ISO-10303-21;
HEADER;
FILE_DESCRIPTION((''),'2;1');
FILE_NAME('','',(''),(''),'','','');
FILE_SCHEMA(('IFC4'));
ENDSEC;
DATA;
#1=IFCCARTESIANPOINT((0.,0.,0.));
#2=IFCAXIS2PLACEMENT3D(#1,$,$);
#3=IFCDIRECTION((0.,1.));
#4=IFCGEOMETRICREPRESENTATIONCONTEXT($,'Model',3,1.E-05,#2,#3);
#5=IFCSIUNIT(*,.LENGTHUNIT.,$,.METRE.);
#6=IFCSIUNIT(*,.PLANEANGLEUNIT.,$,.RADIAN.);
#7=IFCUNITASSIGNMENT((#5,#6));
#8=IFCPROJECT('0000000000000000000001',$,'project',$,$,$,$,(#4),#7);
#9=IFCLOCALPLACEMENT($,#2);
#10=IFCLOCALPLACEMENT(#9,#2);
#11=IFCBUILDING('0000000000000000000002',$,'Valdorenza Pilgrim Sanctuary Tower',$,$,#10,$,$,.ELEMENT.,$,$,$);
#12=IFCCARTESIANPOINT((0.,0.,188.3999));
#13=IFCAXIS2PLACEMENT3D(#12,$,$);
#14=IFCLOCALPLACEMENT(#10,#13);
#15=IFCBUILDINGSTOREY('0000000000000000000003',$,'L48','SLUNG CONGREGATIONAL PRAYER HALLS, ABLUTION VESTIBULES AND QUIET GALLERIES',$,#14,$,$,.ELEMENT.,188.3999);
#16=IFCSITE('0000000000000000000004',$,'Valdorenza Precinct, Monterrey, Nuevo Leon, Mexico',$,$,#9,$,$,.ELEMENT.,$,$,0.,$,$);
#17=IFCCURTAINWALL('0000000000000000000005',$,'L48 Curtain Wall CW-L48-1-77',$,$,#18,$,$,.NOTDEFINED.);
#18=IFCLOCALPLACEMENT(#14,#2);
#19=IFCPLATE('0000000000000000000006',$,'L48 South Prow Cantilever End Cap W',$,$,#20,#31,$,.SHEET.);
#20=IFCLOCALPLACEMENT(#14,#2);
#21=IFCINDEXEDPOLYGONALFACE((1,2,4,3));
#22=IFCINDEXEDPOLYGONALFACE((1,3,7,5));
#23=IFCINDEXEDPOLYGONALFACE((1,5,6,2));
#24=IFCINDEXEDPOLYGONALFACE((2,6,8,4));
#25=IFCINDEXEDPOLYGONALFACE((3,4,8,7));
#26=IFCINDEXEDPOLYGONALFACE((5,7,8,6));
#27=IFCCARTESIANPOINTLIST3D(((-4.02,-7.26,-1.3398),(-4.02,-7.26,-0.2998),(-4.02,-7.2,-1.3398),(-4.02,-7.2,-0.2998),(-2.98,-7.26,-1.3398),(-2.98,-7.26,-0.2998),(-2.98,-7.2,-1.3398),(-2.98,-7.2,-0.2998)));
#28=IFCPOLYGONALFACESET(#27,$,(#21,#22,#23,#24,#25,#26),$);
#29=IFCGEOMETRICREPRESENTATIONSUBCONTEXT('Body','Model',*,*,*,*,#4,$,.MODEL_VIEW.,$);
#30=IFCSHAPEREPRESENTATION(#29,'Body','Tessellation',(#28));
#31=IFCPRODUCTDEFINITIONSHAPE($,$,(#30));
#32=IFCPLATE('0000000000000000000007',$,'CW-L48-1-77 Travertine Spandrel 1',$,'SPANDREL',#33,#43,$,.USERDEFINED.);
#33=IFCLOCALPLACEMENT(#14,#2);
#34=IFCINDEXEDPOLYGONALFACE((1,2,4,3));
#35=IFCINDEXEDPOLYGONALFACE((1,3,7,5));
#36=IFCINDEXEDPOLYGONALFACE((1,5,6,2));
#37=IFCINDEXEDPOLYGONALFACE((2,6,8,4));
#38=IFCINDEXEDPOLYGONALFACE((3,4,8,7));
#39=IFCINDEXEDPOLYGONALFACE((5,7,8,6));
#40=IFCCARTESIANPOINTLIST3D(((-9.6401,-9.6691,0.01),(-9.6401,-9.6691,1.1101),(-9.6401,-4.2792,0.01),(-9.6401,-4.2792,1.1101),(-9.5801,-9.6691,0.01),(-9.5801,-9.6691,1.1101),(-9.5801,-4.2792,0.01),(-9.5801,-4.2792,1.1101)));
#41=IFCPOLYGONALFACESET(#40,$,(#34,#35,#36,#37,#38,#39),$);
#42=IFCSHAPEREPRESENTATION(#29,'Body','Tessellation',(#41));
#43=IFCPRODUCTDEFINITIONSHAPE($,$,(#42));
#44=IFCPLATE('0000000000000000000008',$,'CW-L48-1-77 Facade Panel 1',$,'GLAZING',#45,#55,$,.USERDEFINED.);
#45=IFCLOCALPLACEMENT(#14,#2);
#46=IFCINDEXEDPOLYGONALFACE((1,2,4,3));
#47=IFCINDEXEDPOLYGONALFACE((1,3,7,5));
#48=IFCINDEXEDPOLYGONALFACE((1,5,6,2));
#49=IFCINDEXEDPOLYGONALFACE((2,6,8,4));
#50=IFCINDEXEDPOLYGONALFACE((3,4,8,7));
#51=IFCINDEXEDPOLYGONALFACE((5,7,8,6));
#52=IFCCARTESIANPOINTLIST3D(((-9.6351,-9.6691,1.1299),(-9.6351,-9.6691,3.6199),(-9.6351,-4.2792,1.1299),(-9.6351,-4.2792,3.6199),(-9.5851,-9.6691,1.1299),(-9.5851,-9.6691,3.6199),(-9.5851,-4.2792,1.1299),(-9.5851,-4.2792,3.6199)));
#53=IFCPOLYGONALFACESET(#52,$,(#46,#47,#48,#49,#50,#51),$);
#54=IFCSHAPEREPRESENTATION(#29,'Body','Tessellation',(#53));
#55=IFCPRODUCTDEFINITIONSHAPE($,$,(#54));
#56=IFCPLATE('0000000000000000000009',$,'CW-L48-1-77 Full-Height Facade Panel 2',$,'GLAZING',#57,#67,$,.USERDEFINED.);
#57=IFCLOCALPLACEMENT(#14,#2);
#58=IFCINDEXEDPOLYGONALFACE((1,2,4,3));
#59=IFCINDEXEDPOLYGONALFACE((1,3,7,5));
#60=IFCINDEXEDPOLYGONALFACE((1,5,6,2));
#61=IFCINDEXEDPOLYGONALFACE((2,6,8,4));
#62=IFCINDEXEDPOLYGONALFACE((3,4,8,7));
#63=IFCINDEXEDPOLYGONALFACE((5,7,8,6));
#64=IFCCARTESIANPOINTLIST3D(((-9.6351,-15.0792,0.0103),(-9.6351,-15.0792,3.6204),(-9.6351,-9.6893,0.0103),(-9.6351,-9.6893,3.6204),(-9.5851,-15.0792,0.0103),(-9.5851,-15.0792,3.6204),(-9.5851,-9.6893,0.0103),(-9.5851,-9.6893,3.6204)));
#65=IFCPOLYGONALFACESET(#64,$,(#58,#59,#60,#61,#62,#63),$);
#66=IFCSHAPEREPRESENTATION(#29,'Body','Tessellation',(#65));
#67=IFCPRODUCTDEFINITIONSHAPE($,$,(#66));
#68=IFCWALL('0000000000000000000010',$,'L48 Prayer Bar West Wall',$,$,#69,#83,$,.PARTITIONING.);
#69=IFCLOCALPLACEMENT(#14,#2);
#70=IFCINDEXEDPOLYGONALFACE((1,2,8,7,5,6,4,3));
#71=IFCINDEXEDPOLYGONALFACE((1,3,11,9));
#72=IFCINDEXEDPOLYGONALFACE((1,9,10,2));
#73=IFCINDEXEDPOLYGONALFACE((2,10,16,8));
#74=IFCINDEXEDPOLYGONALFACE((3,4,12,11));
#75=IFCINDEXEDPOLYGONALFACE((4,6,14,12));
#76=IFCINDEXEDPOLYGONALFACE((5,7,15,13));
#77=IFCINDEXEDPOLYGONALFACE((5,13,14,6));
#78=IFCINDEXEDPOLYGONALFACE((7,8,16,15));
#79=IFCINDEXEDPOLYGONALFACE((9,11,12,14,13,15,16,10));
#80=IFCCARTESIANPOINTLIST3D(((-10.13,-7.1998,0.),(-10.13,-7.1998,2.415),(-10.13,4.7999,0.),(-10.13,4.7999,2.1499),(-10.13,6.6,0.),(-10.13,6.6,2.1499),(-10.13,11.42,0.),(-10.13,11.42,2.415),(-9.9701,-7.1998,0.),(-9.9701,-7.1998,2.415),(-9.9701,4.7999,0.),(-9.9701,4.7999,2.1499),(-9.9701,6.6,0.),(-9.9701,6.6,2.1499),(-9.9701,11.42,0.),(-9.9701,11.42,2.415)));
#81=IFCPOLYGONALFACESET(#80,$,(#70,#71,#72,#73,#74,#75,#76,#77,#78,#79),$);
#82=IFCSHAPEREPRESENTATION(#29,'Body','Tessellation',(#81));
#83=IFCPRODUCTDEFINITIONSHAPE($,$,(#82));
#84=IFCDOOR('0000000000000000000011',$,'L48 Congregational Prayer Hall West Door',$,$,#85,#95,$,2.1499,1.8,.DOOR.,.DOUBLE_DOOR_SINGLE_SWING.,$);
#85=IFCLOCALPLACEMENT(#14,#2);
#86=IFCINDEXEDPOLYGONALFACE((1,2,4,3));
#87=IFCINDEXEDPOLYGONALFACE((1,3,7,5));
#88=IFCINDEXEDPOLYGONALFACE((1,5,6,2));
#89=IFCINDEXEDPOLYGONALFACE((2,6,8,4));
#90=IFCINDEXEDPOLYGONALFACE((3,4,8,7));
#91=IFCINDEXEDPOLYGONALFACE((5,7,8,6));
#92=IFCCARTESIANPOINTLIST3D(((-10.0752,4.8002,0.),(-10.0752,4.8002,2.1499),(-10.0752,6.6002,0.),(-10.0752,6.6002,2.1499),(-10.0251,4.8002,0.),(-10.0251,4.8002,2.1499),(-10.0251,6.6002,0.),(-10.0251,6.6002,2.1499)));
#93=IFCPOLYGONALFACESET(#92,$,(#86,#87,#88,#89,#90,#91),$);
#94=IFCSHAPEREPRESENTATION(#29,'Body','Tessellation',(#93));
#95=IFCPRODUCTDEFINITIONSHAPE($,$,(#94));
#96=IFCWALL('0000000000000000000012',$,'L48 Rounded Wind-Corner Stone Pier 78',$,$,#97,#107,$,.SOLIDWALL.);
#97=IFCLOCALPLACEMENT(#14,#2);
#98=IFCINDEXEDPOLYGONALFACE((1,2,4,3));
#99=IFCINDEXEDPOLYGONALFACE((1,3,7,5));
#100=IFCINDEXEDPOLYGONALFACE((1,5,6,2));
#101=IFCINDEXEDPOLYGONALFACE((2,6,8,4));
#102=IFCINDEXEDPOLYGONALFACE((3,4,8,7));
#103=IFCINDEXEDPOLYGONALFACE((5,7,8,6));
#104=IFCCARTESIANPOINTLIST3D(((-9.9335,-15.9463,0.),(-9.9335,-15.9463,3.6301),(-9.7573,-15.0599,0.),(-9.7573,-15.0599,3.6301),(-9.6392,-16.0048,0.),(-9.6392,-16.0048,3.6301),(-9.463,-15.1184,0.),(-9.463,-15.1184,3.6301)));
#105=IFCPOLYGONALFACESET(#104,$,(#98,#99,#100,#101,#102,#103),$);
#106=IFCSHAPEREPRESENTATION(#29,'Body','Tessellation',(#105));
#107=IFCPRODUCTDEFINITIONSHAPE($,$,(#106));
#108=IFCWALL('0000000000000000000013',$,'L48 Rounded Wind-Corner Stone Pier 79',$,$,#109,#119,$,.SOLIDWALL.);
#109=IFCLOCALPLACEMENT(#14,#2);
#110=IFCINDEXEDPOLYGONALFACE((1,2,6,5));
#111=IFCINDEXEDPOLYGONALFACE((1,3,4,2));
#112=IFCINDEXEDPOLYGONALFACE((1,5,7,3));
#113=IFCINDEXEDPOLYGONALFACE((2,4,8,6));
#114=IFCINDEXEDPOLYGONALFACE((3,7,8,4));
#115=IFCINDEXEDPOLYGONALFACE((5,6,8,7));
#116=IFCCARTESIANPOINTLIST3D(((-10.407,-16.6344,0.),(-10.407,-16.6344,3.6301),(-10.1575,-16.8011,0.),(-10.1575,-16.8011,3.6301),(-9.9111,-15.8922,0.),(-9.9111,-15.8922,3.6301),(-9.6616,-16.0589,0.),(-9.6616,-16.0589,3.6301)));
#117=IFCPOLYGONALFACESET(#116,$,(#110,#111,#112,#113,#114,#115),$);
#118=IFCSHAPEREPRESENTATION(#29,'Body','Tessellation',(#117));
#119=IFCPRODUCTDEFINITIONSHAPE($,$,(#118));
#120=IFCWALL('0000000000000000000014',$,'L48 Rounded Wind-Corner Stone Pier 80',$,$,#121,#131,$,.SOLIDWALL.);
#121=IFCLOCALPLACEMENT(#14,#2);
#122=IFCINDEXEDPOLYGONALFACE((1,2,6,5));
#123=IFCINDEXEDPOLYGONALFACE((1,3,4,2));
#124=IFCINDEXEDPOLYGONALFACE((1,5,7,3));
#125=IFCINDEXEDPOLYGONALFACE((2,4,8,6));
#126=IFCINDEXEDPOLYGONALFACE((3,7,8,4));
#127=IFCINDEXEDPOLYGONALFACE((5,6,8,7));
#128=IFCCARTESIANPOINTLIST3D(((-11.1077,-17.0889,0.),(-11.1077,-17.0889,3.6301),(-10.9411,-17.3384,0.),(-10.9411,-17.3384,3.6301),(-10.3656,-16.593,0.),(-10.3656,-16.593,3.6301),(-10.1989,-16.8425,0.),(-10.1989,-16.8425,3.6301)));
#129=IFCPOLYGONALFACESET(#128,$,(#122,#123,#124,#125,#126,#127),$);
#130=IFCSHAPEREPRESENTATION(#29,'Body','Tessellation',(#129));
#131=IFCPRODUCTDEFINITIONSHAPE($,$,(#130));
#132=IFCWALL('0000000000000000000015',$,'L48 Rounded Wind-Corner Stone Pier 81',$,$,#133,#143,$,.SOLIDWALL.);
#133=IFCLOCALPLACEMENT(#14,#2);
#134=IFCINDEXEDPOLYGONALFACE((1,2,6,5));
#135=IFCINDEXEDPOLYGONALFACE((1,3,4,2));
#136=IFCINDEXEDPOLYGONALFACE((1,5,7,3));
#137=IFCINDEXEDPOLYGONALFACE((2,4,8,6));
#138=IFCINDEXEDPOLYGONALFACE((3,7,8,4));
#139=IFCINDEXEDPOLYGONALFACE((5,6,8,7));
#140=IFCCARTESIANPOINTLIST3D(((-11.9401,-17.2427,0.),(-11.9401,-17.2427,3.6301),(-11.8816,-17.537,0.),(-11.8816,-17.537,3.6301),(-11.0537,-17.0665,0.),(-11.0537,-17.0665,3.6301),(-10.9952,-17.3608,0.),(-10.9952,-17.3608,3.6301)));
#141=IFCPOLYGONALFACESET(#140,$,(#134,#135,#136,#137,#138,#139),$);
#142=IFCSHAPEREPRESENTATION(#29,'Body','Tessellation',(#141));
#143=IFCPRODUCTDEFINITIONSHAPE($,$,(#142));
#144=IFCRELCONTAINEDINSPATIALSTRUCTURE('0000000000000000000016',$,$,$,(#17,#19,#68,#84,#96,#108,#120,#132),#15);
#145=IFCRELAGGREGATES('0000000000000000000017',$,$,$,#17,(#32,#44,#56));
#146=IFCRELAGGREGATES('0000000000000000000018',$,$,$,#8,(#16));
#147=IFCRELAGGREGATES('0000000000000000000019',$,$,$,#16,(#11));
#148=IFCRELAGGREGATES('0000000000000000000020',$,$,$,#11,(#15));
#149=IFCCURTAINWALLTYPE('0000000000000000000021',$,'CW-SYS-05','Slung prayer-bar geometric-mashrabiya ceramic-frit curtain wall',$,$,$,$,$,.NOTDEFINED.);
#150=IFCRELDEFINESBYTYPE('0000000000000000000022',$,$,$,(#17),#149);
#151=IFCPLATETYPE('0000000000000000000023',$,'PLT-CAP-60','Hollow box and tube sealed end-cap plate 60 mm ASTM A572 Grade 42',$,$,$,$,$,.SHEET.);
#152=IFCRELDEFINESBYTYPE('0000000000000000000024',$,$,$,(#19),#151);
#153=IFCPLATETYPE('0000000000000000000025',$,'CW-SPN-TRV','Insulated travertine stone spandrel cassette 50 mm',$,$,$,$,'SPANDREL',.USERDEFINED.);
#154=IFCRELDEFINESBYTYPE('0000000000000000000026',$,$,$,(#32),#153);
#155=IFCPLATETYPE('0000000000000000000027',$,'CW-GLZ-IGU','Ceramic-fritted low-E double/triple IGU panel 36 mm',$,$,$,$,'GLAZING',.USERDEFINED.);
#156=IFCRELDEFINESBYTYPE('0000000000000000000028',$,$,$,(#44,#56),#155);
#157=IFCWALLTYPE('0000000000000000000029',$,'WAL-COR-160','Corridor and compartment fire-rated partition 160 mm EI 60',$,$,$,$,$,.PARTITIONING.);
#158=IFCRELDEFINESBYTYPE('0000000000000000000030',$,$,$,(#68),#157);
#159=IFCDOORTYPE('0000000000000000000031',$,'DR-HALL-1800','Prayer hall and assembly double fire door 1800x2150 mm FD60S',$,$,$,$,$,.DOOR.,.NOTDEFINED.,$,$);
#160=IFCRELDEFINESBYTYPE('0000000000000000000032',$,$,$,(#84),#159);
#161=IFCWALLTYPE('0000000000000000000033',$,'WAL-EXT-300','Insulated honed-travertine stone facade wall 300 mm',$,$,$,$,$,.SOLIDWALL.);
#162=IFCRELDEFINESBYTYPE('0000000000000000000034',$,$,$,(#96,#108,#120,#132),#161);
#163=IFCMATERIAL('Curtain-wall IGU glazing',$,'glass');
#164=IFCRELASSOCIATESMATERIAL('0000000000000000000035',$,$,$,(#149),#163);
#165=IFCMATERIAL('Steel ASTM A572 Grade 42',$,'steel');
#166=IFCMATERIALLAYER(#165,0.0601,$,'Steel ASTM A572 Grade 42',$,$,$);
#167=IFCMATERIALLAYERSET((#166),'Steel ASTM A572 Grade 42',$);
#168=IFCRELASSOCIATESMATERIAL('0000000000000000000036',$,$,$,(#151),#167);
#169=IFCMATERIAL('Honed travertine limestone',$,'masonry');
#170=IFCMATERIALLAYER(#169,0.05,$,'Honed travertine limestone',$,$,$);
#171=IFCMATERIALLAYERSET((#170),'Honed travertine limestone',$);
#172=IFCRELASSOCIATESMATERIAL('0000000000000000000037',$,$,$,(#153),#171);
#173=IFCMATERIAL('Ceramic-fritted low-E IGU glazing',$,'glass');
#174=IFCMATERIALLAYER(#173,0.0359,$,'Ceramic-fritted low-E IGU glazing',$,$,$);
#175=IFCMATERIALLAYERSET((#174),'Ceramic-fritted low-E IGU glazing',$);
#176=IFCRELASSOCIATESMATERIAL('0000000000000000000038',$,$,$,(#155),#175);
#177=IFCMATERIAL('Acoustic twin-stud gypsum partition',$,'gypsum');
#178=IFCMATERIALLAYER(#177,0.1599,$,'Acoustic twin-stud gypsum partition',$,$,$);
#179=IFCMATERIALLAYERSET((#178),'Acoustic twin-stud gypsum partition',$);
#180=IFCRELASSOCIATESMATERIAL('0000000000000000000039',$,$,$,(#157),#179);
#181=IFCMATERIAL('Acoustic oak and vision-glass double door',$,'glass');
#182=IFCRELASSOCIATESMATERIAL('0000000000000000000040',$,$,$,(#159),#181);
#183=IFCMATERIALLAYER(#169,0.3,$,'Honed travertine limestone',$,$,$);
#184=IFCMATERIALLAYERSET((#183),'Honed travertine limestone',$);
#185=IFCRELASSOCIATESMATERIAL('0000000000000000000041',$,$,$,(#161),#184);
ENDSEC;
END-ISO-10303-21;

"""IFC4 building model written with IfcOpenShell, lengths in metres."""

from ifc_helpers import new_model, si_unit, direction, frame, frame_2d, origin, origin_2d, place, context, subcontext, project, spatial, rectangle, extrude, source, transform, mapped, material, layer, layer_set, type_object, element, fill, aggregate, save


model = new_model("IFC4")

# Units and contexts
model_context = context("Model", 3, precision=1e-05, world=origin(), true_north=direction((0.0, 1.0)))
body_context = subcontext(model_context, "Body", "Model", "MODEL_VIEW")
ifc_project = project(units=[si_unit("LENGTHUNIT", "METRE"), si_unit("PLANEANGLEUNIT", "RADIAN")], contexts=[model_context])

# Site, building, storey
site_placement = place(None, origin())
site = spatial("IfcSite", under=ifc_project, at=site_placement, Name="Valdorenza Precinct, Monterrey, Nuevo Leon, Mexico", CompositionType="ELEMENT", RefElevation=0.0)
building_placement = place(site_placement, origin())
building = spatial("IfcBuilding", under=site, at=building_placement, Name="Valdorenza Pilgrim Sanctuary Tower", CompositionType="ELEMENT")
storey_placement = place(building_placement, frame((0.0, 0.0, 188.3999)))
storey = spatial("IfcBuildingStorey", under=building, at=storey_placement, Name="L48", Description="SLUNG CONGREGATIONAL PRAYER HALLS, ABLUTION VESTIBULES AND QUIET GALLERIES", CompositionType="ELEMENT", Elevation=188.3999)

# Curtain wall
ifc_material_1 = material(Name="Curtain-wall IGU glazing", Category="glass")
curtain_wall_type_1 = type_object("IfcCurtainWallType", Name="CW-SYS-05", Description="Slung prayer-bar geometric-mashrabiya ceramic-frit curtain wall", PredefinedType="NOTDEFINED", material=ifc_material_1)
curtain_wall_1_placement = place(storey_placement, origin())
curtain_wall_1 = element("IfcCurtainWall", 1, at=curtain_wall_1_placement, inside=storey, type_object=curtain_wall_type_1, Name="L48 Curtain Wall CW-L48-1-77", PredefinedType="NOTDEFINED")

# Plates
ifc_material_2 = material(Name="Steel ASTM A572 Grade 42", Category="steel")
ifc_layer_1 = layer(ifc_material_2, 0.0601, Name="Steel ASTM A572 Grade 42")
ifc_layer_set_1 = layer_set([ifc_layer_1], Name="Steel ASTM A572 Grade 42")
plate_type_1 = type_object("IfcPlateType", Name="PLT-CAP-60", Description="Hollow box and tube sealed end-cap plate 60 mm ASTM A572 Grade 42", PredefinedType="SHEET", material=ifc_layer_set_1)
shared_shape_1 = source(origin(), body_context, "Body", "SweptSolid", [
    extrude(rectangle(XDim=1.04, YDim=0.0601, at=origin_2d()), origin(), (0.0, 0.0, 1.0), 1.04),
])
plate_1_placement = place(storey_placement, frame((-3.5, -7.23, -1.3398), z_axis=(0.0, 0.0, 1.0), x_axis=(1.0, 0.0, 0.0)))
element("IfcPlate", 2, at=plate_1_placement, inside=storey, type_object=plate_type_1, Name="L48 South Prow Cantilever End Cap W", PredefinedType="SHEET", context=body_context, shape_type="MappedRepresentation", body=[
    mapped(shared_shape_1, transform((0.0, 0.0, 0.0), x_axis=(1.0, 0.0, 0.0), y_axis=(0.0, 1.0, 0.0), z_axis=(0.0, 0.0, 1.0), scale=1.0)),
])
ifc_material_3 = material(Name="Honed travertine limestone", Category="masonry")
ifc_layer_2 = layer(ifc_material_3, 0.05, Name="Honed travertine limestone")
ifc_layer_set_2 = layer_set([ifc_layer_2], Name="Honed travertine limestone")
plate_type_2 = type_object("IfcPlateType", Name="CW-SPN-TRV", Description="Insulated travertine stone spandrel cassette 50 mm", ElementType="SPANDREL", PredefinedType="USERDEFINED", material=ifc_layer_set_2)
shared_shape_2 = source(origin(), body_context, "Body", "SweptSolid", [
    extrude(rectangle(XDim=5.3899, YDim=0.0601, at=origin_2d()), origin(), (0.0, 0.0, 1.0), 1.1001),
])
plate_2_placement = place(storey_placement, frame((-9.6101, -6.9741, 0.01), z_axis=(0.0, 0.0, 1.0), x_axis=(0.0, -1.0, 0.0)))
plate_2 = element("IfcPlate", 3, at=plate_2_placement, type_object=plate_type_2, Name="CW-L48-1-77 Travertine Spandrel 1", ObjectType="SPANDREL", PredefinedType="USERDEFINED", context=body_context, shape_type="MappedRepresentation", body=[
    mapped(shared_shape_2, transform((0.0, 0.0, 0.0), x_axis=(1.0, 0.0, 0.0), y_axis=(0.0, 1.0, 0.0), z_axis=(0.0, 0.0, 1.0), scale=1.0)),
])
ifc_material_4 = material(Name="Ceramic-fritted low-E IGU glazing", Category="glass")
ifc_layer_3 = layer(ifc_material_4, 0.0359, Name="Ceramic-fritted low-E IGU glazing")
ifc_layer_set_3 = layer_set([ifc_layer_3], Name="Ceramic-fritted low-E IGU glazing")
plate_type_3 = type_object("IfcPlateType", Name="CW-GLZ-IGU", Description="Ceramic-fritted low-E double/triple IGU panel 36 mm", ElementType="GLAZING", PredefinedType="USERDEFINED", material=ifc_layer_set_3)
shared_shape_3 = source(origin(), body_context, "Body", "SweptSolid", [
    extrude(rectangle(XDim=5.3899, YDim=0.05, at=origin_2d()), origin(), (0.0, 0.0, 1.0), 2.49),
])
plate_3_placement = place(storey_placement, frame((-9.6101, -6.9741, 1.1299), z_axis=(0.0, 0.0, 1.0), x_axis=(0.0, -1.0, 0.0)))
plate_3 = element("IfcPlate", 4, at=plate_3_placement, type_object=plate_type_3, Name="CW-L48-1-77 Facade Panel 1", ObjectType="GLAZING", PredefinedType="USERDEFINED", context=body_context, shape_type="MappedRepresentation", body=[
    mapped(shared_shape_3, transform((0.0, 0.0, 0.0), x_axis=(1.0, 0.0, 0.0), y_axis=(0.0, 1.0, 0.0), z_axis=(0.0, 0.0, 1.0), scale=1.0)),
])
shared_shape_4 = source(origin(), body_context, "Body", "SweptSolid", [
    extrude(rectangle(XDim=5.3899, YDim=0.05, at=origin_2d()), origin(), (0.0, 0.0, 1.0), 3.6101),
])
plate_4_placement = place(storey_placement, frame((-9.6101, -12.3843, 0.0103), z_axis=(0.0, 0.0, 1.0), x_axis=(0.0, -1.0, 0.0)))
plate_4 = element("IfcPlate", 5, at=plate_4_placement, type_object=plate_type_3, Name="CW-L48-1-77 Full-Height Facade Panel 2", ObjectType="GLAZING", PredefinedType="USERDEFINED", context=body_context, shape_type="MappedRepresentation", body=[
    mapped(shared_shape_4, transform((0.0, 0.0, 0.0), x_axis=(1.0, 0.0, 0.0), y_axis=(0.0, 1.0, 0.0), z_axis=(0.0, 0.0, 1.0), scale=1.0)),
])
aggregate(curtain_wall_1, [plate_2, plate_3, plate_4])

# Wall, opening, door
ifc_material_5 = material(Name="Acoustic twin-stud gypsum partition", Category="gypsum")
ifc_layer_4 = layer(ifc_material_5, 0.1599, Name="Acoustic twin-stud gypsum partition")
ifc_layer_set_4 = layer_set([ifc_layer_4], Name="Acoustic twin-stud gypsum partition")
wall_type_1 = type_object("IfcWallType", Name="WAL-COR-160", Description="Corridor and compartment fire-rated partition 160 mm EI 60", PredefinedType="PARTITIONING", material=ifc_layer_set_4)
wall_1_placement = place(storey_placement, frame((-10.05, -7.2, 0.0), z_axis=(0.0, 0.0, 1.0), x_axis=(0.0, 1.0, 0.0)))
wall_1 = element("IfcWall", 6, at=wall_1_placement, inside=storey, type_object=wall_type_1, Name="L48 Prayer Bar West Wall", PredefinedType="PARTITIONING", context=body_context, shape_type="SweptSolid", body=[
    extrude(rectangle(XDim=18.6199, YDim=0.1599, at=frame_2d((9.3101, 0.0))), origin(), (0.0, 0.0, 1.0), 2.415),
])
opening_placement = place(wall_1_placement, frame((12.0, 0.0, 0.0)))
opening = element("IfcOpeningElement", 7, at=opening_placement, cuts=wall_1, PredefinedType="OPENING", context=body_context, shape_type="SweptSolid", body=[
    extrude(rectangle(XDim=1.8, YDim=2.1499, at=frame_2d((0.8999, 1.075))), frame((0.0, 0.0947, 0.0), z_axis=(0.0, -1.0, 0.0), x_axis=(1.0, 0.0, 0.0)), (0.0, 0.0, 1.0), 0.1897),
])
ifc_material_6 = material(Name="Acoustic oak and vision-glass double door", Category="glass")
door_type = type_object("IfcDoorType", Name="DR-HALL-1800", Description="Prayer hall and assembly double fire door 1800x2150 mm FD60S", OperationType="NOTDEFINED", PredefinedType="DOOR", material=ifc_material_6)
door_placement = place(opening_placement, frame((1.8, 0.0, 0.0), z_axis=(0.0, 0.0, 1.0), x_axis=(-1.0, 0.0, 0.0)))
door = element("IfcDoor", 8, at=door_placement, inside=storey, type_object=door_type, Name="L48 Congregational Prayer Hall West Door", OperationType="DOUBLE_DOOR_SINGLE_SWING", OverallHeight=2.1499, OverallWidth=1.8, PredefinedType="DOOR", context=body_context, shape_type="SweptSolid", body=[
    extrude(rectangle(XDim=1.8, YDim=2.1499, at=frame_2d((0.8999, 1.075))), frame((0.0, 0.0249, 0.0), z_axis=(0.0, -1.0, 0.0), x_axis=(1.0, 0.0, 0.0)), (0.0, 0.0, 1.0), 0.05),
])
fill(opening, door)

# Walls
ifc_layer_5 = layer(ifc_material_3, 0.3, Name="Honed travertine limestone")
ifc_layer_set_5 = layer_set([ifc_layer_5], Name="Honed travertine limestone")
wall_type_2 = type_object("IfcWallType", Name="WAL-EXT-300", Description="Insulated honed-travertine stone facade wall 300 mm", PredefinedType="SOLIDWALL", material=ifc_layer_set_5)
wall_2_placement = place(storey_placement, frame((-9.6101, -15.0891, 0.0), z_axis=(0.0, 0.0, 1.0), x_axis=(-0.195025, -0.980798, 0.0)))
element("IfcWall", 9, at=wall_2_placement, inside=storey, type_object=wall_type_2, Name="L48 Rounded Wind-Corner Stone Pier 78", PredefinedType="SOLIDWALL", context=body_context, shape_type="SweptSolid", body=[
    extrude(rectangle(XDim=0.9038, YDim=0.3, at=frame_2d((0.4519, 0.0))), origin(), (0.0, 0.0, 1.0), 3.6301),
])
for number, where, z_axis, x_axis, name in (
    (10, (-9.7864, -15.9756, 0.0), (0.0, 0.0, 1.0), (-0.55552, -0.831503, 0.0), "L48 Rounded Wind-Corner Stone Pier 79"),
    (11, (-10.2822, -16.7178, 0.0), (0.0, 0.0, 1.0), (-0.831503, -0.55552, 0.0), "L48 Rounded Wind-Corner Stone Pier 80"),
):
    element("IfcWall", number, at=place(storey_placement, frame(where, z_axis=z_axis, x_axis=x_axis)), inside=storey, type_object=wall_type_2, Name=name, PredefinedType="SOLIDWALL", context=body_context, shape_type="SweptSolid", body=[
        extrude(rectangle(XDim=0.8926, YDim=0.3, at=frame_2d((0.4463, 0.0))), origin(), (0.0, 0.0, 1.0), 3.6301),
    ])
wall_3_placement = place(storey_placement, frame((-11.0244, -17.2136, 0.0), z_axis=(0.0, 0.0, 1.0), x_axis=(-0.980798, -0.195025, 0.0)))
element("IfcWall", 12, at=wall_3_placement, inside=storey, type_object=wall_type_2, Name="L48 Rounded Wind-Corner Stone Pier 81", PredefinedType="SOLIDWALL", context=body_context, shape_type="SweptSolid", body=[
    extrude(rectangle(XDim=0.9038, YDim=0.3, at=frame_2d((0.4519, 0.0))), origin(), (0.0, 0.0, 1.0), 3.6301),
])

save(model, "model.ifc")
